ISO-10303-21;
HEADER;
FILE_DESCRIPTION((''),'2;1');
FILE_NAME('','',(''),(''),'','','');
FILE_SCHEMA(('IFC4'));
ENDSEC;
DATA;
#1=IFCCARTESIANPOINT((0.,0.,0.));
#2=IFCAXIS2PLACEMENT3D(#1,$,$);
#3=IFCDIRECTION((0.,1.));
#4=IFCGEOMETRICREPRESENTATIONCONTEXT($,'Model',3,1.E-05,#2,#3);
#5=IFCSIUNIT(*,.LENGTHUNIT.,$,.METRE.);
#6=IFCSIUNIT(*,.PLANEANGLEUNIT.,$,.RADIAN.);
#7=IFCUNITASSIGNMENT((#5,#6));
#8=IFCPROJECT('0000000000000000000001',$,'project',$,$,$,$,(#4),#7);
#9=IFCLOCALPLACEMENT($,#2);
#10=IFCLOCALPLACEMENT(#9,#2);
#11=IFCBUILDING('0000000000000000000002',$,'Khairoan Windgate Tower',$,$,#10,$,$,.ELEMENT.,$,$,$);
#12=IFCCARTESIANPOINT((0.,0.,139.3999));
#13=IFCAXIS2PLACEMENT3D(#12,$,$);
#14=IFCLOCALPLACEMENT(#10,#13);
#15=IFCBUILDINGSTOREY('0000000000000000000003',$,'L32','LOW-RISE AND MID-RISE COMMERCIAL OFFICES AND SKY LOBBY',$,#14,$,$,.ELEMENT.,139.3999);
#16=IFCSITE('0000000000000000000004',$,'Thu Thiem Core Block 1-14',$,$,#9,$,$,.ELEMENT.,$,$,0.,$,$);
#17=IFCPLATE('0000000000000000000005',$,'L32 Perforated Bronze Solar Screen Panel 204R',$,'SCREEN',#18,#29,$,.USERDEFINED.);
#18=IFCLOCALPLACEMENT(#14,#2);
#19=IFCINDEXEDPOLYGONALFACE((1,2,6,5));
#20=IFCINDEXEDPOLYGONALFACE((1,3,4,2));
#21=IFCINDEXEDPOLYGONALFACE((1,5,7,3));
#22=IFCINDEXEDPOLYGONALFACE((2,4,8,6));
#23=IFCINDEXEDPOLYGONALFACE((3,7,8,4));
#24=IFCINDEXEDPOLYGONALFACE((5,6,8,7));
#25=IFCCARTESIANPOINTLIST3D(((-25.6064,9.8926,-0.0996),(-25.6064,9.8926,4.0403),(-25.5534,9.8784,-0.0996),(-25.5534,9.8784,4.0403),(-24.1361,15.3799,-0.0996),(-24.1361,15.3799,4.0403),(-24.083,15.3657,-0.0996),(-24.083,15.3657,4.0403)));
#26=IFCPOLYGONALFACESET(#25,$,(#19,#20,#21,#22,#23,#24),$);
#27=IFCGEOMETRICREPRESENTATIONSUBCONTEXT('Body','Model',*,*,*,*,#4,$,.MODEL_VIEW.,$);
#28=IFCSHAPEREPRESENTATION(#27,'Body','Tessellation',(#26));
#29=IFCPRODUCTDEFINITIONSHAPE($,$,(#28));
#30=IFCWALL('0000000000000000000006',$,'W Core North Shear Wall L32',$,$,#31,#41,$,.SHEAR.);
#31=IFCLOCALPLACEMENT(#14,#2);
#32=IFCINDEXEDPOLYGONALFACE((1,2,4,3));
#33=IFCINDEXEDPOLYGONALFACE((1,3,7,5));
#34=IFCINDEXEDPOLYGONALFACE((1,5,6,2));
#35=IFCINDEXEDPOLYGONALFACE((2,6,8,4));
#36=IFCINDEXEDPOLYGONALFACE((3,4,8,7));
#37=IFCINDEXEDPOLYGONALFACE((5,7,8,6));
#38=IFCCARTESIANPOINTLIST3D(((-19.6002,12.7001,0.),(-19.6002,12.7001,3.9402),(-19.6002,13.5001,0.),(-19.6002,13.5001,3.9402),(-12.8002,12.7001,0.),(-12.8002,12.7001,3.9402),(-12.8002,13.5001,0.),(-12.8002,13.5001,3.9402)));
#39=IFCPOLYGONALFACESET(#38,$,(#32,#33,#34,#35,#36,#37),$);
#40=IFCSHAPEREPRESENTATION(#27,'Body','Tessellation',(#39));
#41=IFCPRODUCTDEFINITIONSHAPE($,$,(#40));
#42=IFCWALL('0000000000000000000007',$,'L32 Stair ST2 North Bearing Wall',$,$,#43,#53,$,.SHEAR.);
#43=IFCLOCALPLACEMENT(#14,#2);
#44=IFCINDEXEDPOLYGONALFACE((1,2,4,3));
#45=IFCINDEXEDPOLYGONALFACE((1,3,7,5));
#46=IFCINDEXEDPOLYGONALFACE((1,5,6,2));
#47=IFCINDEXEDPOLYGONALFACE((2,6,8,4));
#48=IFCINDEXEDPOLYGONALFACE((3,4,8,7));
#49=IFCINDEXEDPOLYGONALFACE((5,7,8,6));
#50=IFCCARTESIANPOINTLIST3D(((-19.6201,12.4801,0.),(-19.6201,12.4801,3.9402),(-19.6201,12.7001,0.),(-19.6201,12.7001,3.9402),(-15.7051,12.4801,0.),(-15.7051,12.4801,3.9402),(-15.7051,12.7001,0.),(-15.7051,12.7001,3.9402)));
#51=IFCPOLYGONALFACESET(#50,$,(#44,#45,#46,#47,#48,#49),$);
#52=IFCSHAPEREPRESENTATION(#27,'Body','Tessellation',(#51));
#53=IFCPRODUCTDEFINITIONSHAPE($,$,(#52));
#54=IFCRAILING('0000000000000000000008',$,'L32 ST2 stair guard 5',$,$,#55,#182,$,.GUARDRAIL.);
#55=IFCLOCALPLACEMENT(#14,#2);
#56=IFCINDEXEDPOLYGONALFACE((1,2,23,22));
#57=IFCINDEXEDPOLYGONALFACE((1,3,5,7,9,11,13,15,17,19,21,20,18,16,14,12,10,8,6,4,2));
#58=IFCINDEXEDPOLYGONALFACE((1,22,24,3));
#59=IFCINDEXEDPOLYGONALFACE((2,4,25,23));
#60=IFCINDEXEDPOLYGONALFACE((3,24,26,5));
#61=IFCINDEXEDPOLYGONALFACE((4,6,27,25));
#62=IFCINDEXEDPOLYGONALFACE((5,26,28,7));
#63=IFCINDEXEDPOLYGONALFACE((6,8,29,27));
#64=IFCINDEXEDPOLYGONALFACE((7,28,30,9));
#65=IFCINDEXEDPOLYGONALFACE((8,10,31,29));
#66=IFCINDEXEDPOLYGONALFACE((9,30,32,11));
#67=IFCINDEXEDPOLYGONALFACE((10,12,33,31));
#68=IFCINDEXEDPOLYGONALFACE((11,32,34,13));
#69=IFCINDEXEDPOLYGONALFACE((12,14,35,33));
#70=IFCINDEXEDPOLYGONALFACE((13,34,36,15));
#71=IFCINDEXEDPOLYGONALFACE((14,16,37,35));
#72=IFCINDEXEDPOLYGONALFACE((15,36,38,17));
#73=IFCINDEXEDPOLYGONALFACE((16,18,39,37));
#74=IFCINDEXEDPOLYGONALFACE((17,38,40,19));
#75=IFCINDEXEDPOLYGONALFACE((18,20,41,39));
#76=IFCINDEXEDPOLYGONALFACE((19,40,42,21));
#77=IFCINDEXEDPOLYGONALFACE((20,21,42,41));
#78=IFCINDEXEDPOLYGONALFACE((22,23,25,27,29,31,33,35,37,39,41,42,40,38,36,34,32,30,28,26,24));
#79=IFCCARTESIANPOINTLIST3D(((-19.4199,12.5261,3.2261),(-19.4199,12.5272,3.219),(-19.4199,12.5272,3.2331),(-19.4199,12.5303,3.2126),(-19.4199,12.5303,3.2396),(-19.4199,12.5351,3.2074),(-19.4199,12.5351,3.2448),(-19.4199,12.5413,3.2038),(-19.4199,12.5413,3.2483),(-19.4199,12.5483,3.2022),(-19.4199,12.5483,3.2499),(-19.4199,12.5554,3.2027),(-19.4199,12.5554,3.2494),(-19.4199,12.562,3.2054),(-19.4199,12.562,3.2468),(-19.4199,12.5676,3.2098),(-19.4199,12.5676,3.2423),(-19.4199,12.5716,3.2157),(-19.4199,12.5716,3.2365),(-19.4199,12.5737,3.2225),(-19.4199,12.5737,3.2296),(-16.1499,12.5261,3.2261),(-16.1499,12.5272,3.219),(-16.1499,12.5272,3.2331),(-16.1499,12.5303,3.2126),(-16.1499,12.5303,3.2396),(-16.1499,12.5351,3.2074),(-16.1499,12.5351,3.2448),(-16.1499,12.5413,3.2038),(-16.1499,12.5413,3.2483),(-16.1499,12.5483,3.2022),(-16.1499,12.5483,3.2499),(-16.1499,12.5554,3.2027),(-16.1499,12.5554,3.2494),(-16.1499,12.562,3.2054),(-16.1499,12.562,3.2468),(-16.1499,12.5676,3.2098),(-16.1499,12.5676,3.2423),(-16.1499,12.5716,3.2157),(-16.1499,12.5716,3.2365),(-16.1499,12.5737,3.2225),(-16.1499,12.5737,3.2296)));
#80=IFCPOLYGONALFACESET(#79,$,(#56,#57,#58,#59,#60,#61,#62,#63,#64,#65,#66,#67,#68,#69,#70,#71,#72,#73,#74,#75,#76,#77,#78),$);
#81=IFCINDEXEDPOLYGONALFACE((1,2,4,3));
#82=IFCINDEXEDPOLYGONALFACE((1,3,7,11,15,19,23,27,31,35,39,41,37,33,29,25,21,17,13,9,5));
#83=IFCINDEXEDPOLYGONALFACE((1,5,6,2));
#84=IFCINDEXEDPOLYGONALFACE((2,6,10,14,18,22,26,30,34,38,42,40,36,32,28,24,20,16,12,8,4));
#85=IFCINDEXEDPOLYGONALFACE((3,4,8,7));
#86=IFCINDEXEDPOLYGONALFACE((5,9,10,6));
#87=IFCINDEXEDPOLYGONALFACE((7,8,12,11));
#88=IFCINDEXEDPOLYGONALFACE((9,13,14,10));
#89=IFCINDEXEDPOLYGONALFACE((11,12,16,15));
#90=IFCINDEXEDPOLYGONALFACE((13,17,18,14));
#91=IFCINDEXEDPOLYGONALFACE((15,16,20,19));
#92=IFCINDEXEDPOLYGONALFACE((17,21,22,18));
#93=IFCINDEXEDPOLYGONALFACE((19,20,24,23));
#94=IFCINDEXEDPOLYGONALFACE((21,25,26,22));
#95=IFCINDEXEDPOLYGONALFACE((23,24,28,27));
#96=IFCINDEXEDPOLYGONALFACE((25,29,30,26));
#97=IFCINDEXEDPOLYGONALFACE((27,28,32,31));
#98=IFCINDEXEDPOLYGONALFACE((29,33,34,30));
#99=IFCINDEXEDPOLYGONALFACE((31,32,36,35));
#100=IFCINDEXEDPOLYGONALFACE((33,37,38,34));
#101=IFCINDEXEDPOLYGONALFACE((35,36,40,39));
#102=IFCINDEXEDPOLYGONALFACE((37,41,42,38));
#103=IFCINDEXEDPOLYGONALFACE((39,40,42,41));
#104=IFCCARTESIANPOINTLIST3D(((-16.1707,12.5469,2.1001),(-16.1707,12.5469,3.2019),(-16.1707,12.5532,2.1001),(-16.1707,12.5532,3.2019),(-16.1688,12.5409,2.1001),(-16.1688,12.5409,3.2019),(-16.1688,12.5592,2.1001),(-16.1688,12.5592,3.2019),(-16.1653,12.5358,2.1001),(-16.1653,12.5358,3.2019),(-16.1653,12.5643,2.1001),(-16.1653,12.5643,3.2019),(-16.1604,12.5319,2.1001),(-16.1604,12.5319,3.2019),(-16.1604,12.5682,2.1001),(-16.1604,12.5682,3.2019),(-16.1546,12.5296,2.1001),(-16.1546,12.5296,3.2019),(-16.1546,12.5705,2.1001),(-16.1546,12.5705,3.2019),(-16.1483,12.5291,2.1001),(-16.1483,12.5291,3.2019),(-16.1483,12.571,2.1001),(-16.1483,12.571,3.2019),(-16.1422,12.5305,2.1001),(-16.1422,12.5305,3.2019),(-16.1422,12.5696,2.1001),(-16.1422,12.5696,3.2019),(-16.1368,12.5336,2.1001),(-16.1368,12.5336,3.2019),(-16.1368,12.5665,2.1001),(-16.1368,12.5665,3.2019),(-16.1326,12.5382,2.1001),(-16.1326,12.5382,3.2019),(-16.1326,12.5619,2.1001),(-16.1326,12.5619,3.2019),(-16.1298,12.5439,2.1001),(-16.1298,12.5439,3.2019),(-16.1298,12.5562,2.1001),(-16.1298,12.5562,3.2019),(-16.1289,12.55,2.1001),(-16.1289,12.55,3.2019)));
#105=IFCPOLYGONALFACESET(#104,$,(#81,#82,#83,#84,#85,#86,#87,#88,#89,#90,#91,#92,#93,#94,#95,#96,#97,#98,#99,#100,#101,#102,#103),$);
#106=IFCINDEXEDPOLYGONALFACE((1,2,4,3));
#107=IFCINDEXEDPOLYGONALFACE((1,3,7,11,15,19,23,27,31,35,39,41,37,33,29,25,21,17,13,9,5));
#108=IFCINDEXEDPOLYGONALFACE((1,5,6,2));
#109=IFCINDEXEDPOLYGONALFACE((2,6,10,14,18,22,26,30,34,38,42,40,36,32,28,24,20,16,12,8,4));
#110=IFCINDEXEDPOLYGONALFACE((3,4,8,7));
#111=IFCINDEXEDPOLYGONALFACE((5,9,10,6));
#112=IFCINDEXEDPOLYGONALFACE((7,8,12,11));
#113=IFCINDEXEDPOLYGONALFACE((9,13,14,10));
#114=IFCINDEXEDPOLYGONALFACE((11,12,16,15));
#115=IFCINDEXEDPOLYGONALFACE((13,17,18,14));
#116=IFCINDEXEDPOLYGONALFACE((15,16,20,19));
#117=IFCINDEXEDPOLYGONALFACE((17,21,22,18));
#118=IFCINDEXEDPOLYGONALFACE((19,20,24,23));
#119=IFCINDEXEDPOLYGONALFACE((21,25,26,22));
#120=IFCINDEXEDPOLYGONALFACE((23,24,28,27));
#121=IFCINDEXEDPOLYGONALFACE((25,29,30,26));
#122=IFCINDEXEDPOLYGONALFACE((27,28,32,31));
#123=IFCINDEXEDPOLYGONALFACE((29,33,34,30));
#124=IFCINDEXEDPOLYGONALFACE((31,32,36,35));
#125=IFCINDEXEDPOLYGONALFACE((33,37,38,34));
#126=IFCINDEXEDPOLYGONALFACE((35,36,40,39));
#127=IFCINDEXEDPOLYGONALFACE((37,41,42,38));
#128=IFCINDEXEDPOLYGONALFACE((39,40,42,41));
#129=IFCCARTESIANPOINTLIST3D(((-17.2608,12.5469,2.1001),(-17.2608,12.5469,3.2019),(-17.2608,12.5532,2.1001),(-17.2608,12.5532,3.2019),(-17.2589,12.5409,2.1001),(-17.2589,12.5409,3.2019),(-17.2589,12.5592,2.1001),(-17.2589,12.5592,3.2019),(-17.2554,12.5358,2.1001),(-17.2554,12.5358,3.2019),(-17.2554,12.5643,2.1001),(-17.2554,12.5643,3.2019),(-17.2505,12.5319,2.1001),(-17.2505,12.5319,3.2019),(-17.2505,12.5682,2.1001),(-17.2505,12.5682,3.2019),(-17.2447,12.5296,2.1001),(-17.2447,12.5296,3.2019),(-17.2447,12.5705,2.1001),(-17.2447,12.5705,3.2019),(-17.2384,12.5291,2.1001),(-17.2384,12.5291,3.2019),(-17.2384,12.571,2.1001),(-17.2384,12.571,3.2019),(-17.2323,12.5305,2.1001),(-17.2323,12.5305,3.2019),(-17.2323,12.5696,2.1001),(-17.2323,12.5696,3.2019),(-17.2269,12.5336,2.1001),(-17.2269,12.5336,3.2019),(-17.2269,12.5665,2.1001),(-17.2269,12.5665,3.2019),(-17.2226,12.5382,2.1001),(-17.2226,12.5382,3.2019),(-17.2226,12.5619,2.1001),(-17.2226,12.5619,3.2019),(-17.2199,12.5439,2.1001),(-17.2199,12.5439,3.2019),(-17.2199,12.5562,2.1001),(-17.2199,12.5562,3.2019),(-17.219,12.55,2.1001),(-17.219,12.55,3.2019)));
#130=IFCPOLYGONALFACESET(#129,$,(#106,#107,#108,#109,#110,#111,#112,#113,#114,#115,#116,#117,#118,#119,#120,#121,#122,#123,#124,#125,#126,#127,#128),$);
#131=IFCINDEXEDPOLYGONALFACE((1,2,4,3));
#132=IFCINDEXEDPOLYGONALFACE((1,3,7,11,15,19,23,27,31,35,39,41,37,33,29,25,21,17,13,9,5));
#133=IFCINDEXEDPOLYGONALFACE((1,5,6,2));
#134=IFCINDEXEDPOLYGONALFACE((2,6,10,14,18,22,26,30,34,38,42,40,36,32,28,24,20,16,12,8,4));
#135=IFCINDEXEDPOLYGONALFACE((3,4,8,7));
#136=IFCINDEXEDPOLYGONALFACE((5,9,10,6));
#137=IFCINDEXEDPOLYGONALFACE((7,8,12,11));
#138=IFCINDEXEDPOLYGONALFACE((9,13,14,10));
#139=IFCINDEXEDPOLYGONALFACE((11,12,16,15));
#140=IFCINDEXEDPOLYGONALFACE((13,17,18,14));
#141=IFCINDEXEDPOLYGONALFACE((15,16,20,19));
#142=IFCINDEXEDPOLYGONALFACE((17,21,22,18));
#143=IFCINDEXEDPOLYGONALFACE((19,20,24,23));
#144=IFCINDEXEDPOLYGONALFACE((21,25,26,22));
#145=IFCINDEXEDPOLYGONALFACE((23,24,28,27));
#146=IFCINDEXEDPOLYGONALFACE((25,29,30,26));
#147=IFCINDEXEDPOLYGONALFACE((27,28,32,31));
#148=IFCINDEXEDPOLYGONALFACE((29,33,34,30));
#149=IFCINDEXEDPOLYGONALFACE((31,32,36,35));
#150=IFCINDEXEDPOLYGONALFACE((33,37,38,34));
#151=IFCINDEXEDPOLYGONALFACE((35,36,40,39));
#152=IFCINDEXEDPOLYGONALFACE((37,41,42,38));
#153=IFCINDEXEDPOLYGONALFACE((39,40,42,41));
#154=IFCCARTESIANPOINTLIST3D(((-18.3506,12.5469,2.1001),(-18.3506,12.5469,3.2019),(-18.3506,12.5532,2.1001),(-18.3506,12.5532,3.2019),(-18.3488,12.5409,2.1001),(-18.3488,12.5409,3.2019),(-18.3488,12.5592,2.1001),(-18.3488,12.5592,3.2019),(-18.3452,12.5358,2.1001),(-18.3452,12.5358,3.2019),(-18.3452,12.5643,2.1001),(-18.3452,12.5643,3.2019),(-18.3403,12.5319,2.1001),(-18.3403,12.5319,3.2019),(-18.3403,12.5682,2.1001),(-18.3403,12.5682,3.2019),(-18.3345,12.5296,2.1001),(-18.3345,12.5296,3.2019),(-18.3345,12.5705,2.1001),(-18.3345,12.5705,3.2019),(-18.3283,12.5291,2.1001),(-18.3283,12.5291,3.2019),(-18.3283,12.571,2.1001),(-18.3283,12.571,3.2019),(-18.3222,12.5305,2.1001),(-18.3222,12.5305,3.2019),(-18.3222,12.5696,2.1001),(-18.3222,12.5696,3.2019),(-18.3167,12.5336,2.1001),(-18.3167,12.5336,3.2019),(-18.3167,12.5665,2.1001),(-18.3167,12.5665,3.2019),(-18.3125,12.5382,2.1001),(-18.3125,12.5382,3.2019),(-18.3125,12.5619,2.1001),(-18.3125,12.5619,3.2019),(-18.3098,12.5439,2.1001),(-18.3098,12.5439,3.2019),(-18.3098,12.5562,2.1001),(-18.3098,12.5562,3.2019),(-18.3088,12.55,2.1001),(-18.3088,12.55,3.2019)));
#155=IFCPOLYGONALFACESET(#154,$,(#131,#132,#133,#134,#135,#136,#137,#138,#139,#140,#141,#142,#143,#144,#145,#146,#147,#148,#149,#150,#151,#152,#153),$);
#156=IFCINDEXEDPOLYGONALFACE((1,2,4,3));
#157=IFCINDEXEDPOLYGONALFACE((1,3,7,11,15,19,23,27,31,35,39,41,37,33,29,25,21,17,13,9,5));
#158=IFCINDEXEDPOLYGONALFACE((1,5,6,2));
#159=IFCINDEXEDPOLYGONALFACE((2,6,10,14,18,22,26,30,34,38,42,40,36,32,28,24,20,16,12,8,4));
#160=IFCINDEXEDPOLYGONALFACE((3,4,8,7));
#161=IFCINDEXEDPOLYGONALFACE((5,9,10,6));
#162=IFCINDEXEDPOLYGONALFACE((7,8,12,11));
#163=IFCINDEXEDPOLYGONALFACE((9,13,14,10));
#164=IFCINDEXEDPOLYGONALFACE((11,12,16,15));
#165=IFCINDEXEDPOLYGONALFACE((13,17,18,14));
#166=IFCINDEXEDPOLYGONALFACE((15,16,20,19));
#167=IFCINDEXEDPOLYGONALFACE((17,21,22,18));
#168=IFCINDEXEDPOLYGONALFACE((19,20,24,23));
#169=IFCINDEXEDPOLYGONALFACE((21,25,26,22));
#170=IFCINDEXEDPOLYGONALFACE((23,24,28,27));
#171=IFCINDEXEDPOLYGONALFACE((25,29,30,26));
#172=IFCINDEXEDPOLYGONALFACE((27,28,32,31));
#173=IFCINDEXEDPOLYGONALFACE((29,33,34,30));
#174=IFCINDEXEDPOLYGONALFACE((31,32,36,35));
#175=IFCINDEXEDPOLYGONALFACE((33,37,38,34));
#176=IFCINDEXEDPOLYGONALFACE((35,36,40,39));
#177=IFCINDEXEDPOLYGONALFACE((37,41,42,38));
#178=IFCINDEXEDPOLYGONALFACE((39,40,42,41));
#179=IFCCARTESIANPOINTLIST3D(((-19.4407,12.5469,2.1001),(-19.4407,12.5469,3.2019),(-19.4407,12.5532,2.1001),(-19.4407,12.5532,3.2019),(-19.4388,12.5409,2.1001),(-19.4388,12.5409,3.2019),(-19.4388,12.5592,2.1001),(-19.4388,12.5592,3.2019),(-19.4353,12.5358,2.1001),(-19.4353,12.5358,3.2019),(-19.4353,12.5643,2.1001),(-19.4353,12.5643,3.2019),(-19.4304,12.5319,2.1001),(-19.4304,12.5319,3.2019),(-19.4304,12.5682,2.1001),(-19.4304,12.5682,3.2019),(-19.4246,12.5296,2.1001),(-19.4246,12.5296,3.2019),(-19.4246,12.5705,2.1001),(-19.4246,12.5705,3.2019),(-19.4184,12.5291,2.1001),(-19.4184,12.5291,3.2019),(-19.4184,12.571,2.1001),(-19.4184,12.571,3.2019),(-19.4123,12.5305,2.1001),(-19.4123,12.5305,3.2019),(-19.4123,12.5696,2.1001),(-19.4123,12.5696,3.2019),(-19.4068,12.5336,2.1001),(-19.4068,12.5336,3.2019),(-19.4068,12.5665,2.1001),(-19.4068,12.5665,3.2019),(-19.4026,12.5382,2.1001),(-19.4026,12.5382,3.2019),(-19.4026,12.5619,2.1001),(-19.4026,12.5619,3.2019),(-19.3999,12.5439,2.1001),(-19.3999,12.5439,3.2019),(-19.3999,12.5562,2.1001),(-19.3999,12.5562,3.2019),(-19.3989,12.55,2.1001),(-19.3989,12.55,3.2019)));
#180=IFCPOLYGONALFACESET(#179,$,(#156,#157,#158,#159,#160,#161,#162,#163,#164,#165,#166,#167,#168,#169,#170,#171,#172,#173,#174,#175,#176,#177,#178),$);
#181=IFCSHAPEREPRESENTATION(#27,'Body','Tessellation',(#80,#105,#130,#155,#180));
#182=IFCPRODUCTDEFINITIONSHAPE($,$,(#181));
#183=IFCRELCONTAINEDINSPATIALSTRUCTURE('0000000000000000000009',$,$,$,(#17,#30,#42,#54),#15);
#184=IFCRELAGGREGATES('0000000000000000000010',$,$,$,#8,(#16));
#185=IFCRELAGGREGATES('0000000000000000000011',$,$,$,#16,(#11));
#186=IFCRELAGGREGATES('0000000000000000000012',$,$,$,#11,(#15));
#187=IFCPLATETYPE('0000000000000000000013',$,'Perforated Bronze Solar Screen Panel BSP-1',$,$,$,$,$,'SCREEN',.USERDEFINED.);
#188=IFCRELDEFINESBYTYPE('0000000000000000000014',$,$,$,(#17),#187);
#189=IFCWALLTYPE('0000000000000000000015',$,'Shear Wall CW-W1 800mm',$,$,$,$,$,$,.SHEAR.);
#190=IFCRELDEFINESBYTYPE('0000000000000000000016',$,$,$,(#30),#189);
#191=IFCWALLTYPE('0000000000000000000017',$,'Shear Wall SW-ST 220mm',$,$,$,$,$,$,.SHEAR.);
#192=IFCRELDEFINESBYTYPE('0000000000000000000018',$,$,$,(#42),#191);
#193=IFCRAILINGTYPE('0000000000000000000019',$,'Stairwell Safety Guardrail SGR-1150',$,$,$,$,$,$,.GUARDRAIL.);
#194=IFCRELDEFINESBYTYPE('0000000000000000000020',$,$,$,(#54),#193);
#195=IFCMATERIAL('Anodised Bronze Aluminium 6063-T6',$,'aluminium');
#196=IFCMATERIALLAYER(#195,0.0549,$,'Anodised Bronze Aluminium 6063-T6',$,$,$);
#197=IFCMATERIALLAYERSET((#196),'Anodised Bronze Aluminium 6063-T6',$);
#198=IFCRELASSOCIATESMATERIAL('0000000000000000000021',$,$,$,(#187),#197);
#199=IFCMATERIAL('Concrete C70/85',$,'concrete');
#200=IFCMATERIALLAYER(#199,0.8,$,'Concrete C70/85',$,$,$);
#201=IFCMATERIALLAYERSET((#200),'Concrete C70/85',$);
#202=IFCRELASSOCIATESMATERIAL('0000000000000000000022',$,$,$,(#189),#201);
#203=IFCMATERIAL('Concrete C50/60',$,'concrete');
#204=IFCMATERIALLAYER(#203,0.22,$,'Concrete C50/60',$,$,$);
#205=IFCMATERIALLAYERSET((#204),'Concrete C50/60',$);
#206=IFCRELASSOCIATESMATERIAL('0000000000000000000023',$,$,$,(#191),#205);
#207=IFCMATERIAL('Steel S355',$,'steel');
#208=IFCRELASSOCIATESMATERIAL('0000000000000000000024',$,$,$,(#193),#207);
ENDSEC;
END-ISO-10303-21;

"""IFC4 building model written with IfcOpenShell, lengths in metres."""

from ifc_helpers import new_model, si_unit, direction, frame, frame_2d, origin, origin_2d, place, context, subcontext, project, spatial, rectangle, circle, extrude, material, layer, layer_set, type_object, element, save


model = new_model("IFC4")

# Units and contexts
model_context = context("Model", 3, precision=1e-05, world=origin(), true_north=direction((0.0, 1.0)))
body_context = subcontext(model_context, "Body", "Model", "MODEL_VIEW")
ifc_project = project(units=[si_unit("LENGTHUNIT", "METRE"), si_unit("PLANEANGLEUNIT", "RADIAN")], contexts=[model_context])

# Site, building, storey
site_placement = place(None, origin())
site = spatial("IfcSite", under=ifc_project, at=site_placement, Name="Thu Thiem Core Block 1-14", CompositionType="ELEMENT", RefElevation=0.0)
building_placement = place(site_placement, origin())
building = spatial("IfcBuilding", under=site, at=building_placement, Name="Khairoan Windgate Tower", CompositionType="ELEMENT")
storey_placement = place(building_placement, frame((0.0, 0.0, 139.3999)))
storey = spatial("IfcBuildingStorey", under=building, at=storey_placement, Name="L32", Description="LOW-RISE AND MID-RISE COMMERCIAL OFFICES AND SKY LOBBY", CompositionType="ELEMENT", Elevation=139.3999)

# Plate
ifc_material_1 = material(Name="Anodised Bronze Aluminium 6063-T6", Category="aluminium")
ifc_layer_1 = layer(ifc_material_1, 0.0549, Name="Anodised Bronze Aluminium 6063-T6")
ifc_layer_set_1 = layer_set([ifc_layer_1], Name="Anodised Bronze Aluminium 6063-T6")
plate_type = type_object("IfcPlateType", Name="Perforated Bronze Solar Screen Panel BSP-1", ElementType="SCREEN", PredefinedType="USERDEFINED", material=ifc_layer_set_1)
plate_placement = place(storey_placement, frame((-24.8447, 12.6292, -0.0996), z_axis=(0.0, 0.0, 1.0), x_axis=(0.258819, 0.965926, 0.0)))
element("IfcPlate", 1, at=plate_placement, inside=storey, type_object=plate_type, Name="L32 Perforated Bronze Solar Screen Panel 204R", ObjectType="SCREEN", PredefinedType="USERDEFINED", context=body_context, shape_type="SweptSolid", body=[
    extrude(rectangle(XDim=5.6809, YDim=0.0549, at=origin_2d()), origin(), (0.0, 0.0, 1.0), 4.1399),
])

# Walls
ifc_material_2 = material(Name="Concrete C70/85", Category="concrete")
ifc_layer_2 = layer(ifc_material_2, 0.8, Name="Concrete C70/85")
ifc_layer_set_2 = layer_set([ifc_layer_2], Name="Concrete C70/85")
wall_type_1 = type_object("IfcWallType", Name="Shear Wall CW-W1 800mm", PredefinedType="SHEAR", material=ifc_layer_set_2)
wall_1_placement = place(storey_placement, frame((-19.6001, 13.1001, 0.0), z_axis=(0.0, 0.0, 1.0), x_axis=(1.0, 0.0, 0.0)))
element("IfcWall", 2, at=wall_1_placement, inside=storey, type_object=wall_type_1, Name="W Core North Shear Wall L32", PredefinedType="SHEAR", context=body_context, shape_type="SweptSolid", body=[
    extrude(rectangle(XDim=6.8, YDim=0.8, at=frame_2d((3.3999, 0.0))), origin(), (0.0, 0.0, 1.0), 3.9402),
])
ifc_material_3 = material(Name="Concrete C50/60", Category="concrete")
ifc_layer_3 = layer(ifc_material_3, 0.22, Name="Concrete C50/60")
ifc_layer_set_3 = layer_set([ifc_layer_3], Name="Concrete C50/60")
wall_type_2 = type_object("IfcWallType", Name="Shear Wall SW-ST 220mm", PredefinedType="SHEAR", material=ifc_layer_set_3)
wall_2_placement = place(storey_placement, frame((-19.6201, 12.5901, 0.0), z_axis=(0.0, 0.0, 1.0), x_axis=(1.0, 0.0, 0.0)))
element("IfcWall", 3, at=wall_2_placement, inside=storey, type_object=wall_type_2, Name="L32 Stair ST2 North Bearing Wall", PredefinedType="SHEAR", context=body_context, shape_type="SweptSolid", body=[
    extrude(rectangle(XDim=3.915, YDim=0.22, at=frame_2d((1.9575, 0.0))), origin(), (0.0, 0.0, 1.0), 3.9402),
])

# Railing
ifc_material_4 = material(Name="Steel S355", Category="steel")
railing_type = type_object("IfcRailingType", Name="Stairwell Safety Guardrail SGR-1150", PredefinedType="GUARDRAIL", material=ifc_material_4)
railing_1_placement = place(storey_placement, frame((-16.1499, 12.55, 2.1001)))
element("IfcRailing", 4, at=railing_1_placement, inside=storey, type_object=railing_type, Name="L32 ST2 stair guard 5", PredefinedType="GUARDRAIL", context=body_context, shape_type="SweptSolid", body=[
    extrude(circle(Radius=0.0239, at=origin_2d()), frame((0.0, 0.0, 1.126), z_axis=(-1.0, 0.0, 0.0), x_axis=(0.0, -1.0, 0.0)), (0.0, 0.0, 1.0), 3.27),
    extrude(circle(Radius=0.021, at=origin_2d()), origin(), (0.0, 0.0, 1.0), 1.1018),
    extrude(circle(Radius=0.021, at=origin_2d()), frame((-1.0901, 0.0, 0.0)), (0.0, 0.0, 1.0), 1.1018),
    extrude(circle(Radius=0.021, at=origin_2d()), frame((-2.1799, 0.0, 0.0)), (0.0, 0.0, 1.0), 1.1018),
    extrude(circle(Radius=0.021, at=origin_2d()), frame((-3.27, 0.0, 0.0)), (0.0, 0.0, 1.0), 1.1018),
])

save(model, "model.ifc")
